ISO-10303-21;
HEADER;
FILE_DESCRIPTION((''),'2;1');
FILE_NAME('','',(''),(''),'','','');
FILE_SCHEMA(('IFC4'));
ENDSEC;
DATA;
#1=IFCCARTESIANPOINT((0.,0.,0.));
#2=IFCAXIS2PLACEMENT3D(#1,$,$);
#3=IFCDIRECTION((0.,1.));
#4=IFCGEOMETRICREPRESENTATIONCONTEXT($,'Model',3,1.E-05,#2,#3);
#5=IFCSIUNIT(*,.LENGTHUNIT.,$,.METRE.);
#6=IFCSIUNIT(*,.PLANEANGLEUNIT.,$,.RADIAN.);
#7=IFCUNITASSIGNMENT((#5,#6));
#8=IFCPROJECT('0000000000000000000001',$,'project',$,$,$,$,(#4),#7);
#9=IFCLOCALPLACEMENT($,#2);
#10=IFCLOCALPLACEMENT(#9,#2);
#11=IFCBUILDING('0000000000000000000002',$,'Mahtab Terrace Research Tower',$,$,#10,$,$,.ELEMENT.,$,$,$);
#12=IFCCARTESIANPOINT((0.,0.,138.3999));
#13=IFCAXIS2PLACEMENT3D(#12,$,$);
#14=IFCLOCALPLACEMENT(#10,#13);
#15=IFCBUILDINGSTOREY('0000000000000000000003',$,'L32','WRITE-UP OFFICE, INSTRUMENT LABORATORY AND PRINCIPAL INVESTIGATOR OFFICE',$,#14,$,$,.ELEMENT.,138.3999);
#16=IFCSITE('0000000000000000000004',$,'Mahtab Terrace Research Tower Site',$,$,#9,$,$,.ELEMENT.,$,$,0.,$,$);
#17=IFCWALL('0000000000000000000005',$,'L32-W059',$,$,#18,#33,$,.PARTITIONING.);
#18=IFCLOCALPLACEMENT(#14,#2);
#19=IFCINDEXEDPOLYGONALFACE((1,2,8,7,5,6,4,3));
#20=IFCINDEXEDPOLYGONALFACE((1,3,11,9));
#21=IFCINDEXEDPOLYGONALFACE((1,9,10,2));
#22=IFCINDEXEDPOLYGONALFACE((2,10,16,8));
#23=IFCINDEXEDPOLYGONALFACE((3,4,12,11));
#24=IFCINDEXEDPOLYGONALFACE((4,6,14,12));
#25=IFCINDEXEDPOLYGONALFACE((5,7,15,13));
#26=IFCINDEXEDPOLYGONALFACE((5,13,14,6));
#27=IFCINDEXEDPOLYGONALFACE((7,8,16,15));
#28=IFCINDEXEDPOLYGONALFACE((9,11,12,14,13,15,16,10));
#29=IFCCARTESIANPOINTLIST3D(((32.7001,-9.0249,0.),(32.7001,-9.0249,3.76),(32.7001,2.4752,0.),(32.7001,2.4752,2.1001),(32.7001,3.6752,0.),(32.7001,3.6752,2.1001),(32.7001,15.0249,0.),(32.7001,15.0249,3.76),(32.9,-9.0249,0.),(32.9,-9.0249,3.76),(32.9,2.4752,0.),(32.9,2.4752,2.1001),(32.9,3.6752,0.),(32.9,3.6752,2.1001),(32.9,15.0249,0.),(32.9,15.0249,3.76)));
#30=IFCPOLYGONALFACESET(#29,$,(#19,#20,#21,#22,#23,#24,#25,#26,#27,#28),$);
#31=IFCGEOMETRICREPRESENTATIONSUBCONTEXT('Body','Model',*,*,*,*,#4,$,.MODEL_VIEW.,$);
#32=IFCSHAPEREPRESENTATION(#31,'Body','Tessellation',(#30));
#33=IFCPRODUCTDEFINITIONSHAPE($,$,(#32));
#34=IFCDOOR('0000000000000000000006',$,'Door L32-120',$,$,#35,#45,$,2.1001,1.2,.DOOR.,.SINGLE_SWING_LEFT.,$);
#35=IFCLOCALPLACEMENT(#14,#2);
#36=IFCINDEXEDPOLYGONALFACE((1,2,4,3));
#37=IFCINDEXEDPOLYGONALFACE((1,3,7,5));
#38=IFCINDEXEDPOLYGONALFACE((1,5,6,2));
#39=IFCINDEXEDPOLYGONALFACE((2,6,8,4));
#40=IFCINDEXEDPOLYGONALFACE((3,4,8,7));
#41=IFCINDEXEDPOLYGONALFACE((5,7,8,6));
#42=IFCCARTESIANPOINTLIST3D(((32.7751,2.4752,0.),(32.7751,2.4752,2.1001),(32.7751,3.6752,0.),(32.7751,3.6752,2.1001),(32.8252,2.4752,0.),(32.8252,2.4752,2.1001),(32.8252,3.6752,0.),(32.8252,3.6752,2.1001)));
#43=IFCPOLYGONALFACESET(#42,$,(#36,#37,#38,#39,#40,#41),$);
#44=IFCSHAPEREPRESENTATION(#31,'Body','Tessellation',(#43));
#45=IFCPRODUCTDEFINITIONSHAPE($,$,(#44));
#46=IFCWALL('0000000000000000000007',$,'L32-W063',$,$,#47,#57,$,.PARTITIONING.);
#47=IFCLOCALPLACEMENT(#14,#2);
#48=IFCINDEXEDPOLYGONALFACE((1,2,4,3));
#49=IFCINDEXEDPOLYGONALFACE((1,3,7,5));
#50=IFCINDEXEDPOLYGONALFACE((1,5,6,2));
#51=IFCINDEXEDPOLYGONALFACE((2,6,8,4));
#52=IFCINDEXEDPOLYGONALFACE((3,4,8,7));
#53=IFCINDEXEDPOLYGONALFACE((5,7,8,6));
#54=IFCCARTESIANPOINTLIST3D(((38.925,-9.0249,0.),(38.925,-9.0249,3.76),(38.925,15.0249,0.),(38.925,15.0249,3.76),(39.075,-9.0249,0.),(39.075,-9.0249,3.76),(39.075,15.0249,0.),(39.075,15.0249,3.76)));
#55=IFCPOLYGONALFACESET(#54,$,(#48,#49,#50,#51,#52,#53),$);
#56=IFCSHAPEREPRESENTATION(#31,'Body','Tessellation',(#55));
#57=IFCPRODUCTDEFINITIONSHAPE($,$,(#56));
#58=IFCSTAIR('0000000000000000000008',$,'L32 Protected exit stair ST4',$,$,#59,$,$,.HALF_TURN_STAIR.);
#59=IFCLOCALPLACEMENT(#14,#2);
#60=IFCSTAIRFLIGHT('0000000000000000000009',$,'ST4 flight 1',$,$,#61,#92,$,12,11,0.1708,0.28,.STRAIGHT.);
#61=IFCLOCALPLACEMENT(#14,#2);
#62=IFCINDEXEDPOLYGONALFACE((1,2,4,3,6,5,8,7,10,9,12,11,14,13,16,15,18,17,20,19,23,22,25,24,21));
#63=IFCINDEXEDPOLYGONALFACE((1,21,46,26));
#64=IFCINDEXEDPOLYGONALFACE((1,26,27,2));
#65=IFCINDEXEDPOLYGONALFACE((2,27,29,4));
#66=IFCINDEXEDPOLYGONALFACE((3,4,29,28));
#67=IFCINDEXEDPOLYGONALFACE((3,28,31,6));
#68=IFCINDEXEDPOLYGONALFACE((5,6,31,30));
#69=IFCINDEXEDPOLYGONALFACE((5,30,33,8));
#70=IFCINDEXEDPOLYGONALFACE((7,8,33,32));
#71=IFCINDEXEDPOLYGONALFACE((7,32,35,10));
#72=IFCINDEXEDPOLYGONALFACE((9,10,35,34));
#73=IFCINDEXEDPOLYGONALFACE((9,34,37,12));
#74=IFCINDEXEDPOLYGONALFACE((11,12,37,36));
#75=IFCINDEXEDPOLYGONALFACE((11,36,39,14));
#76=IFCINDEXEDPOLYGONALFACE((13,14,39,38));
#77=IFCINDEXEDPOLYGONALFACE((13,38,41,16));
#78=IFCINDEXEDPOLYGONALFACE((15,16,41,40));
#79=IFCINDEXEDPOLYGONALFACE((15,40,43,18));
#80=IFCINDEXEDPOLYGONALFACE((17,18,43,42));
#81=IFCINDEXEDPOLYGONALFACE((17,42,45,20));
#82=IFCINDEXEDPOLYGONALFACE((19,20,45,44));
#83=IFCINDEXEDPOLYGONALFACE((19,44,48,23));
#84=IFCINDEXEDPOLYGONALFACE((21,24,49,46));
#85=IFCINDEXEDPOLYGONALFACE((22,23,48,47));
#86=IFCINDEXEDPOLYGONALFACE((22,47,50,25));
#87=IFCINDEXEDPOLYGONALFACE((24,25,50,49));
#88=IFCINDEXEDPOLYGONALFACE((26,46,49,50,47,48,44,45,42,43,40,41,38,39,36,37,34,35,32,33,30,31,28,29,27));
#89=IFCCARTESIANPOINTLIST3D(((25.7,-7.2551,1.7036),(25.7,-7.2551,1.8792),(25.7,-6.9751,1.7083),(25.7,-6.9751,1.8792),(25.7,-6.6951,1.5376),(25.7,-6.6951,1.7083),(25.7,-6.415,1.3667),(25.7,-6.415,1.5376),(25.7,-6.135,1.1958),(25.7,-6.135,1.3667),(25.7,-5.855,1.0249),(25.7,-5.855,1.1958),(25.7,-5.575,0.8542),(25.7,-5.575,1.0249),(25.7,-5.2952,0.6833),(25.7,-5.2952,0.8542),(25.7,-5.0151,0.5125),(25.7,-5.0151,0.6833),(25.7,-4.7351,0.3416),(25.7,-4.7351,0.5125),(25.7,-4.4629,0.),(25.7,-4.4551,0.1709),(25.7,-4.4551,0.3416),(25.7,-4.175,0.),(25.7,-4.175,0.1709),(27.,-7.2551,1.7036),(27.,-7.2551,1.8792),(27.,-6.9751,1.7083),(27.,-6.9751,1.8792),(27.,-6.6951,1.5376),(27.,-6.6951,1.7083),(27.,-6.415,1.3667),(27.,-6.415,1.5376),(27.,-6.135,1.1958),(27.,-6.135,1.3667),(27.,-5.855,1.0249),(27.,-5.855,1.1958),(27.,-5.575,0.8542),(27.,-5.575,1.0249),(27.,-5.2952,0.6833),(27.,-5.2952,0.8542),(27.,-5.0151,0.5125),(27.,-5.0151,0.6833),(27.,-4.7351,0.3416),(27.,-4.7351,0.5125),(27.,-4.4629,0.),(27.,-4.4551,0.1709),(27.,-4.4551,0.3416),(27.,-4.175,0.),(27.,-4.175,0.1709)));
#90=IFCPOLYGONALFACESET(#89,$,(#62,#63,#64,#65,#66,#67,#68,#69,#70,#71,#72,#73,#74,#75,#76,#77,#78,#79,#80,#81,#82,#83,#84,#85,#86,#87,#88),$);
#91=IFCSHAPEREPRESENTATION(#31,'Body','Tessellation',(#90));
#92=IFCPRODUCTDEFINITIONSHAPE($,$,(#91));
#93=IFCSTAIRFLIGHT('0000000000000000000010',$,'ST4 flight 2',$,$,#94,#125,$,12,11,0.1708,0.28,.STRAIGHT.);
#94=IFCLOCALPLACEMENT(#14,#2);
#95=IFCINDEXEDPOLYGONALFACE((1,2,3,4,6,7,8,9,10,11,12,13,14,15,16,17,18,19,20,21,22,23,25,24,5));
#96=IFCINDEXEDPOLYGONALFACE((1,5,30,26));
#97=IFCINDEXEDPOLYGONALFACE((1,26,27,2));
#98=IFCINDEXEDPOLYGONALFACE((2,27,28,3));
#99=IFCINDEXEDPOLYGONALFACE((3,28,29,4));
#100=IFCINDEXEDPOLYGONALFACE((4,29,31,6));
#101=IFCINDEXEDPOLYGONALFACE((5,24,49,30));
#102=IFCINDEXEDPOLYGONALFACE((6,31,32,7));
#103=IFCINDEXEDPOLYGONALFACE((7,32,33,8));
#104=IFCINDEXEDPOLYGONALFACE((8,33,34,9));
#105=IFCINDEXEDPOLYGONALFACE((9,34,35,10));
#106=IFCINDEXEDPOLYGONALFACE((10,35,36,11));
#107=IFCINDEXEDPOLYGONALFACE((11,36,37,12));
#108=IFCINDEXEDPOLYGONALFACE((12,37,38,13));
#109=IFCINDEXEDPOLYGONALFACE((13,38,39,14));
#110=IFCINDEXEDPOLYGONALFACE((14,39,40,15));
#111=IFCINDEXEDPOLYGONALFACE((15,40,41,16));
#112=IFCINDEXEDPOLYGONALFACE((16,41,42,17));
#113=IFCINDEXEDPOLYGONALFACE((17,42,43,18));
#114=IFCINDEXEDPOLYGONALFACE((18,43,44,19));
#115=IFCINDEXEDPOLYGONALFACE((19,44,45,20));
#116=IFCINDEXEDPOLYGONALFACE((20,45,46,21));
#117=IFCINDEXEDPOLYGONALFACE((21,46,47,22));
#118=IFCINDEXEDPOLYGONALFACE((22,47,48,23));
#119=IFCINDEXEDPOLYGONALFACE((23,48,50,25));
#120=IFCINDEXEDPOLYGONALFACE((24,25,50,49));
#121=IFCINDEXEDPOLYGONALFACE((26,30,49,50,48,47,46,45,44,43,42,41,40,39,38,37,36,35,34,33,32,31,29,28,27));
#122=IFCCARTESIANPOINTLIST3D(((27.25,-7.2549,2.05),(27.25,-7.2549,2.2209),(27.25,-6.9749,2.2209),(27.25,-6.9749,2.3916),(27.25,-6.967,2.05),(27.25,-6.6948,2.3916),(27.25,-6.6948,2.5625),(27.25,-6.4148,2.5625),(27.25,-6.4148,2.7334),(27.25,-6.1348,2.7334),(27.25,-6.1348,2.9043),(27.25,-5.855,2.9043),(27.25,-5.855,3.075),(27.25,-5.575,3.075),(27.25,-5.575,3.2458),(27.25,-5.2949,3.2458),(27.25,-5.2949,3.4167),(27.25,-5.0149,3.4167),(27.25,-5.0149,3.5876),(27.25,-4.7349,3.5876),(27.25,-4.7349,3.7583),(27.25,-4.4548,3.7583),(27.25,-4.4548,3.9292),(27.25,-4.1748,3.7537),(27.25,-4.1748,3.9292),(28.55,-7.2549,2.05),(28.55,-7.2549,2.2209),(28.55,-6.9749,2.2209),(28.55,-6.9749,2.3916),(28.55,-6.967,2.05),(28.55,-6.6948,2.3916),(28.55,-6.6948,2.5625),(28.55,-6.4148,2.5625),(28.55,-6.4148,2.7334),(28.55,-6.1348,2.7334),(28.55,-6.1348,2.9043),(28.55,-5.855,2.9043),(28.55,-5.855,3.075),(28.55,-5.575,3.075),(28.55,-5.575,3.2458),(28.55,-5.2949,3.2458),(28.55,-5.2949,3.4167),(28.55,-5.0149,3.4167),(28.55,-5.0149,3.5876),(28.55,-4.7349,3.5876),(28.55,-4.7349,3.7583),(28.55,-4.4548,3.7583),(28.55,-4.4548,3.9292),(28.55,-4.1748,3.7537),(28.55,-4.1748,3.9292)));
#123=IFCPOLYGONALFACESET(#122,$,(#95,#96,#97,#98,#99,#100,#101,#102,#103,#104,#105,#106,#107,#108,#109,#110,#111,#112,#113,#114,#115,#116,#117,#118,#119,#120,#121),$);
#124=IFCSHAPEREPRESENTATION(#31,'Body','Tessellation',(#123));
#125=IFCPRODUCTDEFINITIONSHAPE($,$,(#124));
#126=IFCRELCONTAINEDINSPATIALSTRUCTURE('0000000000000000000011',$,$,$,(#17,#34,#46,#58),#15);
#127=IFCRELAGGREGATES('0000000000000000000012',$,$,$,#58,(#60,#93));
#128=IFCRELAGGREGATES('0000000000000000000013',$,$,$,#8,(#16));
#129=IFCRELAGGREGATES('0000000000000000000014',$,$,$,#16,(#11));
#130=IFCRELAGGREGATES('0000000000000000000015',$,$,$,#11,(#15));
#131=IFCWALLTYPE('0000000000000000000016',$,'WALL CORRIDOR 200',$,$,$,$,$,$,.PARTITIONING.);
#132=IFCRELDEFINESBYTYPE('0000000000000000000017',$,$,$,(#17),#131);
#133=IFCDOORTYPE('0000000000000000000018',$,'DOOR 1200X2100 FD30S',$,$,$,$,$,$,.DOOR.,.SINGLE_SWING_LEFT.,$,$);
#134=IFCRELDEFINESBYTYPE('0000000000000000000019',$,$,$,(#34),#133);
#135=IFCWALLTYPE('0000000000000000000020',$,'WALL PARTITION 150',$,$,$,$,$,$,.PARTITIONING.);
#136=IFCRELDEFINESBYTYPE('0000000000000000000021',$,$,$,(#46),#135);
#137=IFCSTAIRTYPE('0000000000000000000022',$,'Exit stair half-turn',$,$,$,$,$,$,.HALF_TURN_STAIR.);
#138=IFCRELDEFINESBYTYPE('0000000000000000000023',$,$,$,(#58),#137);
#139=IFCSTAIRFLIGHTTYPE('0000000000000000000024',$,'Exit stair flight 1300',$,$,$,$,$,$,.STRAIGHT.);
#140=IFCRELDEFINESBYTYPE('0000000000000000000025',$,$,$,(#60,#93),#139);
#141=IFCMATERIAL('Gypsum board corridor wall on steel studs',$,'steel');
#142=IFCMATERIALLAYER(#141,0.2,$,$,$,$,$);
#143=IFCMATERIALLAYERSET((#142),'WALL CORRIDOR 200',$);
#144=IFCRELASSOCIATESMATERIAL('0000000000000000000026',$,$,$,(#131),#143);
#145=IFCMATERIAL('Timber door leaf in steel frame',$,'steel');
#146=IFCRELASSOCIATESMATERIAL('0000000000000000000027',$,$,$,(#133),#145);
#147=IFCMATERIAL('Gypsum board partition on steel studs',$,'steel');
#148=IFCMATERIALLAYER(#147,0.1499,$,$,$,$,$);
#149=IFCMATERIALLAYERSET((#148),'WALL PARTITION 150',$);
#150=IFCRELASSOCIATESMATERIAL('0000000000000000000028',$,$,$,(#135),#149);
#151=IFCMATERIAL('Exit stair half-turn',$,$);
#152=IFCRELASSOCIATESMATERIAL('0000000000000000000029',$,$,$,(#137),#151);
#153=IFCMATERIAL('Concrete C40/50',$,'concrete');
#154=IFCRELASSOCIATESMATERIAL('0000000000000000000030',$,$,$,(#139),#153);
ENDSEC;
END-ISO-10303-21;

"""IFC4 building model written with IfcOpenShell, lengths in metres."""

from ifc_helpers import new_model, si_unit, direction, frame, frame_2d, origin, place, context, subcontext, project, spatial, polyline, rectangle, outline, extrude, material, layer, layer_set, type_object, element, fill, aggregate, save


model = new_model("IFC4")

# Units and contexts
model_context = context("Model", 3, precision=1e-05, world=origin(), true_north=direction((0.0, 1.0)))
body_context = subcontext(model_context, "Body", "Model", "MODEL_VIEW")
ifc_project = project(units=[si_unit("LENGTHUNIT", "METRE"), si_unit("PLANEANGLEUNIT", "RADIAN")], contexts=[model_context])

# Site, building, storey
site_placement = place(None, origin())
site = spatial("IfcSite", under=ifc_project, at=site_placement, Name="Mahtab Terrace Research Tower Site", CompositionType="ELEMENT", RefElevation=0.0)
building_placement = place(site_placement, origin())
building = spatial("IfcBuilding", under=site, at=building_placement, Name="Mahtab Terrace Research Tower", CompositionType="ELEMENT")
storey_placement = place(building_placement, frame((0.0, 0.0, 138.3999)))
storey = spatial("IfcBuildingStorey", under=building, at=storey_placement, Name="L32", Description="WRITE-UP OFFICE, INSTRUMENT LABORATORY AND PRINCIPAL INVESTIGATOR OFFICE", CompositionType="ELEMENT", Elevation=138.3999)

# Shared definitions
ifc_material_1 = material(Name="Gypsum board corridor wall on steel studs", Category="steel")
ifc_layer_1 = layer(ifc_material_1, 0.2)
ifc_layer_set_1 = layer_set([ifc_layer_1], Name="WALL CORRIDOR 200")
wall_type_1 = type_object("IfcWallType", Name="WALL CORRIDOR 200", PredefinedType="PARTITIONING", material=ifc_layer_set_1)

# Wall, opening, door
wall_1_placement = place(storey_placement, frame((32.8, -9.0249, 0.0), z_axis=(0.0, 0.0, 1.0), x_axis=(0.0, 1.0, 0.0)))
wall_1 = element("IfcWall", 1, at=wall_1_placement, inside=storey, type_object=wall_type_1, Name="L32-W059", PredefinedType="PARTITIONING", context=body_context, shape_type="SweptSolid", body=[
    extrude(rectangle(XDim=24.0498, YDim=0.2, at=frame_2d((12.0249, 0.0))), origin(), (0.0, 0.0, 1.0), 3.76),
])
opening_1_placement = place(wall_1_placement, frame((11.5, 0.0, 0.0)))
opening_1 = element("IfcOpeningElement", 2, at=opening_1_placement, cuts=wall_1, PredefinedType="OPENING", context=body_context, shape_type="SweptSolid", body=[
    extrude(rectangle(XDim=1.2, YDim=2.1001, at=frame_2d((0.6001, 1.05))), frame((0.0, 0.1099, 0.0), z_axis=(0.0, -1.0, 0.0), x_axis=(1.0, 0.0, 0.0)), (0.0, 0.0, 1.0), 0.22),
])
ifc_material_2 = material(Name="Timber door leaf in steel frame", Category="steel")
door_type_1 = type_object("IfcDoorType", Name="DOOR 1200X2100 FD30S", OperationType="SINGLE_SWING_LEFT", PredefinedType="DOOR", material=ifc_material_2)
door_1_placement = place(opening_1_placement, origin())
door_1 = element("IfcDoor", 3, at=door_1_placement, inside=storey, type_object=door_type_1, Name="Door L32-120", OperationType="SINGLE_SWING_LEFT", OverallHeight=2.1001, OverallWidth=1.2, PredefinedType="DOOR", context=body_context, shape_type="SweptSolid", body=[
    extrude(rectangle(XDim=1.2, YDim=2.1001, at=frame_2d((0.6001, 1.05))), frame((0.0, 0.0249, 0.0), z_axis=(0.0, -1.0, 0.0), x_axis=(1.0, 0.0, 0.0)), (0.0, 0.0, 1.0), 0.05),
])
fill(opening_1, door_1)

# Wall
ifc_material_3 = material(Name="Gypsum board partition on steel studs", Category="steel")
ifc_layer_2 = layer(ifc_material_3, 0.1499)
ifc_layer_set_2 = layer_set([ifc_layer_2], Name="WALL PARTITION 150")
wall_type_2 = type_object("IfcWallType", Name="WALL PARTITION 150", PredefinedType="PARTITIONING", material=ifc_layer_set_2)
wall_2_placement = place(storey_placement, frame((39.0, -9.0249, 0.0), z_axis=(0.0, 0.0, 1.0), x_axis=(0.0, 1.0, 0.0)))
element("IfcWall", 4, at=wall_2_placement, inside=storey, type_object=wall_type_2, Name="L32-W063", PredefinedType="PARTITIONING", context=body_context, shape_type="SweptSolid", body=[
    extrude(rectangle(XDim=24.0498, YDim=0.1499, at=frame_2d((12.0249, 0.0))), origin(), (0.0, 0.0, 1.0), 3.76),
])

# Stair, stair flights
ifc_material_4 = material(Name="Exit stair half-turn")
stair_type = type_object("IfcStairType", Name="Exit stair half-turn", PredefinedType="HALF_TURN_STAIR", material=ifc_material_4)
stair_placement = place(storey_placement, origin())
stair = element("IfcStair", 5, at=stair_placement, inside=storey, type_object=stair_type, Name="L32 Protected exit stair ST4", PredefinedType="HALF_TURN_STAIR")
ifc_material_5 = material(Name="Concrete C40/50", Category="concrete")
stair_flight_type = type_object("IfcStairFlightType", Name="Exit stair flight 1300", PredefinedType="STRAIGHT", material=ifc_material_5)
stair_flight_1_placement = place(storey_placement, frame((26.3501, -4.175, 0.0), z_axis=(0.0, 0.0, 1.0), x_axis=(0.0, -1.0, 0.0)))
stair_flight_1 = element("IfcStairFlight", 6, at=stair_flight_1_placement, type_object=stair_flight_type, Name="ST4 flight 1", NumberOfRisers=12, NumberOfTreads=11, PredefinedType="STRAIGHT", RiserHeight=0.1708, TreadLength=0.28, context=body_context, shape_type="SweptSolid", body=[
    extrude(outline(polyline([(0.0, 0.0), (0.0, 0.1709), (0.28, 0.1709), (0.28, 0.3416), (0.5601, 0.3416), (0.5601, 0.5125), (0.8401, 0.5125), (0.8401, 0.6833), (1.1201, 0.6833), (1.1201, 0.8542), (1.3999, 0.8542), (1.3999, 1.0249), (1.6799, 1.0249), (1.6799, 1.1958), (1.96, 1.1958), (1.96, 1.3667), (2.24, 1.3667), (2.24, 1.5376), (2.52, 1.5376), (2.52, 1.7083), (2.8, 1.7083), (2.8, 1.8792), (3.0801, 1.8792), (3.0801, 2.05), (3.0801, 1.7036), (0.2878, 0.0), (0.0, 0.0)])), frame((0.0, 0.6499, 0.0), z_axis=(0.0, -1.0, 0.0), x_axis=(1.0, 0.0, 0.0)), (0.0, 0.0, 1.0), 1.3),
])
stair_flight_2_placement = place(storey_placement, frame((27.8999, -7.2549, 2.05), z_axis=(0.0, 0.0, 1.0), x_axis=(0.0, 1.0, 0.0)))
stair_flight_2 = element("IfcStairFlight", 7, at=stair_flight_2_placement, type_object=stair_flight_type, Name="ST4 flight 2", NumberOfRisers=12, NumberOfTreads=11, PredefinedType="STRAIGHT", RiserHeight=0.1708, TreadLength=0.28, context=body_context, shape_type="SweptSolid", body=[
    extrude(outline(polyline([(0.0, 0.0), (0.0, 0.1709), (0.28, 0.1709), (0.28, 0.3416), (0.5601, 0.3416), (0.5601, 0.5125), (0.8401, 0.5125), (0.8401, 0.6833), (1.1201, 0.6833), (1.1201, 0.8542), (1.3999, 0.8542), (1.3999, 1.0249), (1.6799, 1.0249), (1.6799, 1.1958), (1.96, 1.1958), (1.96, 1.3667), (2.24, 1.3667), (2.24, 1.5376), (2.52, 1.5376), (2.52, 1.7083), (2.8, 1.7083), (2.8, 1.8792), (3.0801, 1.8792), (3.0801, 2.05), (3.0801, 1.7036), (0.2878, 0.0), (0.0, 0.0)])), frame((0.0, 0.6499, 0.0), z_axis=(0.0, -1.0, 0.0), x_axis=(1.0, 0.0, 0.0)), (0.0, 0.0, 1.0), 1.3),
])
aggregate(stair, [stair_flight_1, stair_flight_2])

save(model, "model.ifc")
